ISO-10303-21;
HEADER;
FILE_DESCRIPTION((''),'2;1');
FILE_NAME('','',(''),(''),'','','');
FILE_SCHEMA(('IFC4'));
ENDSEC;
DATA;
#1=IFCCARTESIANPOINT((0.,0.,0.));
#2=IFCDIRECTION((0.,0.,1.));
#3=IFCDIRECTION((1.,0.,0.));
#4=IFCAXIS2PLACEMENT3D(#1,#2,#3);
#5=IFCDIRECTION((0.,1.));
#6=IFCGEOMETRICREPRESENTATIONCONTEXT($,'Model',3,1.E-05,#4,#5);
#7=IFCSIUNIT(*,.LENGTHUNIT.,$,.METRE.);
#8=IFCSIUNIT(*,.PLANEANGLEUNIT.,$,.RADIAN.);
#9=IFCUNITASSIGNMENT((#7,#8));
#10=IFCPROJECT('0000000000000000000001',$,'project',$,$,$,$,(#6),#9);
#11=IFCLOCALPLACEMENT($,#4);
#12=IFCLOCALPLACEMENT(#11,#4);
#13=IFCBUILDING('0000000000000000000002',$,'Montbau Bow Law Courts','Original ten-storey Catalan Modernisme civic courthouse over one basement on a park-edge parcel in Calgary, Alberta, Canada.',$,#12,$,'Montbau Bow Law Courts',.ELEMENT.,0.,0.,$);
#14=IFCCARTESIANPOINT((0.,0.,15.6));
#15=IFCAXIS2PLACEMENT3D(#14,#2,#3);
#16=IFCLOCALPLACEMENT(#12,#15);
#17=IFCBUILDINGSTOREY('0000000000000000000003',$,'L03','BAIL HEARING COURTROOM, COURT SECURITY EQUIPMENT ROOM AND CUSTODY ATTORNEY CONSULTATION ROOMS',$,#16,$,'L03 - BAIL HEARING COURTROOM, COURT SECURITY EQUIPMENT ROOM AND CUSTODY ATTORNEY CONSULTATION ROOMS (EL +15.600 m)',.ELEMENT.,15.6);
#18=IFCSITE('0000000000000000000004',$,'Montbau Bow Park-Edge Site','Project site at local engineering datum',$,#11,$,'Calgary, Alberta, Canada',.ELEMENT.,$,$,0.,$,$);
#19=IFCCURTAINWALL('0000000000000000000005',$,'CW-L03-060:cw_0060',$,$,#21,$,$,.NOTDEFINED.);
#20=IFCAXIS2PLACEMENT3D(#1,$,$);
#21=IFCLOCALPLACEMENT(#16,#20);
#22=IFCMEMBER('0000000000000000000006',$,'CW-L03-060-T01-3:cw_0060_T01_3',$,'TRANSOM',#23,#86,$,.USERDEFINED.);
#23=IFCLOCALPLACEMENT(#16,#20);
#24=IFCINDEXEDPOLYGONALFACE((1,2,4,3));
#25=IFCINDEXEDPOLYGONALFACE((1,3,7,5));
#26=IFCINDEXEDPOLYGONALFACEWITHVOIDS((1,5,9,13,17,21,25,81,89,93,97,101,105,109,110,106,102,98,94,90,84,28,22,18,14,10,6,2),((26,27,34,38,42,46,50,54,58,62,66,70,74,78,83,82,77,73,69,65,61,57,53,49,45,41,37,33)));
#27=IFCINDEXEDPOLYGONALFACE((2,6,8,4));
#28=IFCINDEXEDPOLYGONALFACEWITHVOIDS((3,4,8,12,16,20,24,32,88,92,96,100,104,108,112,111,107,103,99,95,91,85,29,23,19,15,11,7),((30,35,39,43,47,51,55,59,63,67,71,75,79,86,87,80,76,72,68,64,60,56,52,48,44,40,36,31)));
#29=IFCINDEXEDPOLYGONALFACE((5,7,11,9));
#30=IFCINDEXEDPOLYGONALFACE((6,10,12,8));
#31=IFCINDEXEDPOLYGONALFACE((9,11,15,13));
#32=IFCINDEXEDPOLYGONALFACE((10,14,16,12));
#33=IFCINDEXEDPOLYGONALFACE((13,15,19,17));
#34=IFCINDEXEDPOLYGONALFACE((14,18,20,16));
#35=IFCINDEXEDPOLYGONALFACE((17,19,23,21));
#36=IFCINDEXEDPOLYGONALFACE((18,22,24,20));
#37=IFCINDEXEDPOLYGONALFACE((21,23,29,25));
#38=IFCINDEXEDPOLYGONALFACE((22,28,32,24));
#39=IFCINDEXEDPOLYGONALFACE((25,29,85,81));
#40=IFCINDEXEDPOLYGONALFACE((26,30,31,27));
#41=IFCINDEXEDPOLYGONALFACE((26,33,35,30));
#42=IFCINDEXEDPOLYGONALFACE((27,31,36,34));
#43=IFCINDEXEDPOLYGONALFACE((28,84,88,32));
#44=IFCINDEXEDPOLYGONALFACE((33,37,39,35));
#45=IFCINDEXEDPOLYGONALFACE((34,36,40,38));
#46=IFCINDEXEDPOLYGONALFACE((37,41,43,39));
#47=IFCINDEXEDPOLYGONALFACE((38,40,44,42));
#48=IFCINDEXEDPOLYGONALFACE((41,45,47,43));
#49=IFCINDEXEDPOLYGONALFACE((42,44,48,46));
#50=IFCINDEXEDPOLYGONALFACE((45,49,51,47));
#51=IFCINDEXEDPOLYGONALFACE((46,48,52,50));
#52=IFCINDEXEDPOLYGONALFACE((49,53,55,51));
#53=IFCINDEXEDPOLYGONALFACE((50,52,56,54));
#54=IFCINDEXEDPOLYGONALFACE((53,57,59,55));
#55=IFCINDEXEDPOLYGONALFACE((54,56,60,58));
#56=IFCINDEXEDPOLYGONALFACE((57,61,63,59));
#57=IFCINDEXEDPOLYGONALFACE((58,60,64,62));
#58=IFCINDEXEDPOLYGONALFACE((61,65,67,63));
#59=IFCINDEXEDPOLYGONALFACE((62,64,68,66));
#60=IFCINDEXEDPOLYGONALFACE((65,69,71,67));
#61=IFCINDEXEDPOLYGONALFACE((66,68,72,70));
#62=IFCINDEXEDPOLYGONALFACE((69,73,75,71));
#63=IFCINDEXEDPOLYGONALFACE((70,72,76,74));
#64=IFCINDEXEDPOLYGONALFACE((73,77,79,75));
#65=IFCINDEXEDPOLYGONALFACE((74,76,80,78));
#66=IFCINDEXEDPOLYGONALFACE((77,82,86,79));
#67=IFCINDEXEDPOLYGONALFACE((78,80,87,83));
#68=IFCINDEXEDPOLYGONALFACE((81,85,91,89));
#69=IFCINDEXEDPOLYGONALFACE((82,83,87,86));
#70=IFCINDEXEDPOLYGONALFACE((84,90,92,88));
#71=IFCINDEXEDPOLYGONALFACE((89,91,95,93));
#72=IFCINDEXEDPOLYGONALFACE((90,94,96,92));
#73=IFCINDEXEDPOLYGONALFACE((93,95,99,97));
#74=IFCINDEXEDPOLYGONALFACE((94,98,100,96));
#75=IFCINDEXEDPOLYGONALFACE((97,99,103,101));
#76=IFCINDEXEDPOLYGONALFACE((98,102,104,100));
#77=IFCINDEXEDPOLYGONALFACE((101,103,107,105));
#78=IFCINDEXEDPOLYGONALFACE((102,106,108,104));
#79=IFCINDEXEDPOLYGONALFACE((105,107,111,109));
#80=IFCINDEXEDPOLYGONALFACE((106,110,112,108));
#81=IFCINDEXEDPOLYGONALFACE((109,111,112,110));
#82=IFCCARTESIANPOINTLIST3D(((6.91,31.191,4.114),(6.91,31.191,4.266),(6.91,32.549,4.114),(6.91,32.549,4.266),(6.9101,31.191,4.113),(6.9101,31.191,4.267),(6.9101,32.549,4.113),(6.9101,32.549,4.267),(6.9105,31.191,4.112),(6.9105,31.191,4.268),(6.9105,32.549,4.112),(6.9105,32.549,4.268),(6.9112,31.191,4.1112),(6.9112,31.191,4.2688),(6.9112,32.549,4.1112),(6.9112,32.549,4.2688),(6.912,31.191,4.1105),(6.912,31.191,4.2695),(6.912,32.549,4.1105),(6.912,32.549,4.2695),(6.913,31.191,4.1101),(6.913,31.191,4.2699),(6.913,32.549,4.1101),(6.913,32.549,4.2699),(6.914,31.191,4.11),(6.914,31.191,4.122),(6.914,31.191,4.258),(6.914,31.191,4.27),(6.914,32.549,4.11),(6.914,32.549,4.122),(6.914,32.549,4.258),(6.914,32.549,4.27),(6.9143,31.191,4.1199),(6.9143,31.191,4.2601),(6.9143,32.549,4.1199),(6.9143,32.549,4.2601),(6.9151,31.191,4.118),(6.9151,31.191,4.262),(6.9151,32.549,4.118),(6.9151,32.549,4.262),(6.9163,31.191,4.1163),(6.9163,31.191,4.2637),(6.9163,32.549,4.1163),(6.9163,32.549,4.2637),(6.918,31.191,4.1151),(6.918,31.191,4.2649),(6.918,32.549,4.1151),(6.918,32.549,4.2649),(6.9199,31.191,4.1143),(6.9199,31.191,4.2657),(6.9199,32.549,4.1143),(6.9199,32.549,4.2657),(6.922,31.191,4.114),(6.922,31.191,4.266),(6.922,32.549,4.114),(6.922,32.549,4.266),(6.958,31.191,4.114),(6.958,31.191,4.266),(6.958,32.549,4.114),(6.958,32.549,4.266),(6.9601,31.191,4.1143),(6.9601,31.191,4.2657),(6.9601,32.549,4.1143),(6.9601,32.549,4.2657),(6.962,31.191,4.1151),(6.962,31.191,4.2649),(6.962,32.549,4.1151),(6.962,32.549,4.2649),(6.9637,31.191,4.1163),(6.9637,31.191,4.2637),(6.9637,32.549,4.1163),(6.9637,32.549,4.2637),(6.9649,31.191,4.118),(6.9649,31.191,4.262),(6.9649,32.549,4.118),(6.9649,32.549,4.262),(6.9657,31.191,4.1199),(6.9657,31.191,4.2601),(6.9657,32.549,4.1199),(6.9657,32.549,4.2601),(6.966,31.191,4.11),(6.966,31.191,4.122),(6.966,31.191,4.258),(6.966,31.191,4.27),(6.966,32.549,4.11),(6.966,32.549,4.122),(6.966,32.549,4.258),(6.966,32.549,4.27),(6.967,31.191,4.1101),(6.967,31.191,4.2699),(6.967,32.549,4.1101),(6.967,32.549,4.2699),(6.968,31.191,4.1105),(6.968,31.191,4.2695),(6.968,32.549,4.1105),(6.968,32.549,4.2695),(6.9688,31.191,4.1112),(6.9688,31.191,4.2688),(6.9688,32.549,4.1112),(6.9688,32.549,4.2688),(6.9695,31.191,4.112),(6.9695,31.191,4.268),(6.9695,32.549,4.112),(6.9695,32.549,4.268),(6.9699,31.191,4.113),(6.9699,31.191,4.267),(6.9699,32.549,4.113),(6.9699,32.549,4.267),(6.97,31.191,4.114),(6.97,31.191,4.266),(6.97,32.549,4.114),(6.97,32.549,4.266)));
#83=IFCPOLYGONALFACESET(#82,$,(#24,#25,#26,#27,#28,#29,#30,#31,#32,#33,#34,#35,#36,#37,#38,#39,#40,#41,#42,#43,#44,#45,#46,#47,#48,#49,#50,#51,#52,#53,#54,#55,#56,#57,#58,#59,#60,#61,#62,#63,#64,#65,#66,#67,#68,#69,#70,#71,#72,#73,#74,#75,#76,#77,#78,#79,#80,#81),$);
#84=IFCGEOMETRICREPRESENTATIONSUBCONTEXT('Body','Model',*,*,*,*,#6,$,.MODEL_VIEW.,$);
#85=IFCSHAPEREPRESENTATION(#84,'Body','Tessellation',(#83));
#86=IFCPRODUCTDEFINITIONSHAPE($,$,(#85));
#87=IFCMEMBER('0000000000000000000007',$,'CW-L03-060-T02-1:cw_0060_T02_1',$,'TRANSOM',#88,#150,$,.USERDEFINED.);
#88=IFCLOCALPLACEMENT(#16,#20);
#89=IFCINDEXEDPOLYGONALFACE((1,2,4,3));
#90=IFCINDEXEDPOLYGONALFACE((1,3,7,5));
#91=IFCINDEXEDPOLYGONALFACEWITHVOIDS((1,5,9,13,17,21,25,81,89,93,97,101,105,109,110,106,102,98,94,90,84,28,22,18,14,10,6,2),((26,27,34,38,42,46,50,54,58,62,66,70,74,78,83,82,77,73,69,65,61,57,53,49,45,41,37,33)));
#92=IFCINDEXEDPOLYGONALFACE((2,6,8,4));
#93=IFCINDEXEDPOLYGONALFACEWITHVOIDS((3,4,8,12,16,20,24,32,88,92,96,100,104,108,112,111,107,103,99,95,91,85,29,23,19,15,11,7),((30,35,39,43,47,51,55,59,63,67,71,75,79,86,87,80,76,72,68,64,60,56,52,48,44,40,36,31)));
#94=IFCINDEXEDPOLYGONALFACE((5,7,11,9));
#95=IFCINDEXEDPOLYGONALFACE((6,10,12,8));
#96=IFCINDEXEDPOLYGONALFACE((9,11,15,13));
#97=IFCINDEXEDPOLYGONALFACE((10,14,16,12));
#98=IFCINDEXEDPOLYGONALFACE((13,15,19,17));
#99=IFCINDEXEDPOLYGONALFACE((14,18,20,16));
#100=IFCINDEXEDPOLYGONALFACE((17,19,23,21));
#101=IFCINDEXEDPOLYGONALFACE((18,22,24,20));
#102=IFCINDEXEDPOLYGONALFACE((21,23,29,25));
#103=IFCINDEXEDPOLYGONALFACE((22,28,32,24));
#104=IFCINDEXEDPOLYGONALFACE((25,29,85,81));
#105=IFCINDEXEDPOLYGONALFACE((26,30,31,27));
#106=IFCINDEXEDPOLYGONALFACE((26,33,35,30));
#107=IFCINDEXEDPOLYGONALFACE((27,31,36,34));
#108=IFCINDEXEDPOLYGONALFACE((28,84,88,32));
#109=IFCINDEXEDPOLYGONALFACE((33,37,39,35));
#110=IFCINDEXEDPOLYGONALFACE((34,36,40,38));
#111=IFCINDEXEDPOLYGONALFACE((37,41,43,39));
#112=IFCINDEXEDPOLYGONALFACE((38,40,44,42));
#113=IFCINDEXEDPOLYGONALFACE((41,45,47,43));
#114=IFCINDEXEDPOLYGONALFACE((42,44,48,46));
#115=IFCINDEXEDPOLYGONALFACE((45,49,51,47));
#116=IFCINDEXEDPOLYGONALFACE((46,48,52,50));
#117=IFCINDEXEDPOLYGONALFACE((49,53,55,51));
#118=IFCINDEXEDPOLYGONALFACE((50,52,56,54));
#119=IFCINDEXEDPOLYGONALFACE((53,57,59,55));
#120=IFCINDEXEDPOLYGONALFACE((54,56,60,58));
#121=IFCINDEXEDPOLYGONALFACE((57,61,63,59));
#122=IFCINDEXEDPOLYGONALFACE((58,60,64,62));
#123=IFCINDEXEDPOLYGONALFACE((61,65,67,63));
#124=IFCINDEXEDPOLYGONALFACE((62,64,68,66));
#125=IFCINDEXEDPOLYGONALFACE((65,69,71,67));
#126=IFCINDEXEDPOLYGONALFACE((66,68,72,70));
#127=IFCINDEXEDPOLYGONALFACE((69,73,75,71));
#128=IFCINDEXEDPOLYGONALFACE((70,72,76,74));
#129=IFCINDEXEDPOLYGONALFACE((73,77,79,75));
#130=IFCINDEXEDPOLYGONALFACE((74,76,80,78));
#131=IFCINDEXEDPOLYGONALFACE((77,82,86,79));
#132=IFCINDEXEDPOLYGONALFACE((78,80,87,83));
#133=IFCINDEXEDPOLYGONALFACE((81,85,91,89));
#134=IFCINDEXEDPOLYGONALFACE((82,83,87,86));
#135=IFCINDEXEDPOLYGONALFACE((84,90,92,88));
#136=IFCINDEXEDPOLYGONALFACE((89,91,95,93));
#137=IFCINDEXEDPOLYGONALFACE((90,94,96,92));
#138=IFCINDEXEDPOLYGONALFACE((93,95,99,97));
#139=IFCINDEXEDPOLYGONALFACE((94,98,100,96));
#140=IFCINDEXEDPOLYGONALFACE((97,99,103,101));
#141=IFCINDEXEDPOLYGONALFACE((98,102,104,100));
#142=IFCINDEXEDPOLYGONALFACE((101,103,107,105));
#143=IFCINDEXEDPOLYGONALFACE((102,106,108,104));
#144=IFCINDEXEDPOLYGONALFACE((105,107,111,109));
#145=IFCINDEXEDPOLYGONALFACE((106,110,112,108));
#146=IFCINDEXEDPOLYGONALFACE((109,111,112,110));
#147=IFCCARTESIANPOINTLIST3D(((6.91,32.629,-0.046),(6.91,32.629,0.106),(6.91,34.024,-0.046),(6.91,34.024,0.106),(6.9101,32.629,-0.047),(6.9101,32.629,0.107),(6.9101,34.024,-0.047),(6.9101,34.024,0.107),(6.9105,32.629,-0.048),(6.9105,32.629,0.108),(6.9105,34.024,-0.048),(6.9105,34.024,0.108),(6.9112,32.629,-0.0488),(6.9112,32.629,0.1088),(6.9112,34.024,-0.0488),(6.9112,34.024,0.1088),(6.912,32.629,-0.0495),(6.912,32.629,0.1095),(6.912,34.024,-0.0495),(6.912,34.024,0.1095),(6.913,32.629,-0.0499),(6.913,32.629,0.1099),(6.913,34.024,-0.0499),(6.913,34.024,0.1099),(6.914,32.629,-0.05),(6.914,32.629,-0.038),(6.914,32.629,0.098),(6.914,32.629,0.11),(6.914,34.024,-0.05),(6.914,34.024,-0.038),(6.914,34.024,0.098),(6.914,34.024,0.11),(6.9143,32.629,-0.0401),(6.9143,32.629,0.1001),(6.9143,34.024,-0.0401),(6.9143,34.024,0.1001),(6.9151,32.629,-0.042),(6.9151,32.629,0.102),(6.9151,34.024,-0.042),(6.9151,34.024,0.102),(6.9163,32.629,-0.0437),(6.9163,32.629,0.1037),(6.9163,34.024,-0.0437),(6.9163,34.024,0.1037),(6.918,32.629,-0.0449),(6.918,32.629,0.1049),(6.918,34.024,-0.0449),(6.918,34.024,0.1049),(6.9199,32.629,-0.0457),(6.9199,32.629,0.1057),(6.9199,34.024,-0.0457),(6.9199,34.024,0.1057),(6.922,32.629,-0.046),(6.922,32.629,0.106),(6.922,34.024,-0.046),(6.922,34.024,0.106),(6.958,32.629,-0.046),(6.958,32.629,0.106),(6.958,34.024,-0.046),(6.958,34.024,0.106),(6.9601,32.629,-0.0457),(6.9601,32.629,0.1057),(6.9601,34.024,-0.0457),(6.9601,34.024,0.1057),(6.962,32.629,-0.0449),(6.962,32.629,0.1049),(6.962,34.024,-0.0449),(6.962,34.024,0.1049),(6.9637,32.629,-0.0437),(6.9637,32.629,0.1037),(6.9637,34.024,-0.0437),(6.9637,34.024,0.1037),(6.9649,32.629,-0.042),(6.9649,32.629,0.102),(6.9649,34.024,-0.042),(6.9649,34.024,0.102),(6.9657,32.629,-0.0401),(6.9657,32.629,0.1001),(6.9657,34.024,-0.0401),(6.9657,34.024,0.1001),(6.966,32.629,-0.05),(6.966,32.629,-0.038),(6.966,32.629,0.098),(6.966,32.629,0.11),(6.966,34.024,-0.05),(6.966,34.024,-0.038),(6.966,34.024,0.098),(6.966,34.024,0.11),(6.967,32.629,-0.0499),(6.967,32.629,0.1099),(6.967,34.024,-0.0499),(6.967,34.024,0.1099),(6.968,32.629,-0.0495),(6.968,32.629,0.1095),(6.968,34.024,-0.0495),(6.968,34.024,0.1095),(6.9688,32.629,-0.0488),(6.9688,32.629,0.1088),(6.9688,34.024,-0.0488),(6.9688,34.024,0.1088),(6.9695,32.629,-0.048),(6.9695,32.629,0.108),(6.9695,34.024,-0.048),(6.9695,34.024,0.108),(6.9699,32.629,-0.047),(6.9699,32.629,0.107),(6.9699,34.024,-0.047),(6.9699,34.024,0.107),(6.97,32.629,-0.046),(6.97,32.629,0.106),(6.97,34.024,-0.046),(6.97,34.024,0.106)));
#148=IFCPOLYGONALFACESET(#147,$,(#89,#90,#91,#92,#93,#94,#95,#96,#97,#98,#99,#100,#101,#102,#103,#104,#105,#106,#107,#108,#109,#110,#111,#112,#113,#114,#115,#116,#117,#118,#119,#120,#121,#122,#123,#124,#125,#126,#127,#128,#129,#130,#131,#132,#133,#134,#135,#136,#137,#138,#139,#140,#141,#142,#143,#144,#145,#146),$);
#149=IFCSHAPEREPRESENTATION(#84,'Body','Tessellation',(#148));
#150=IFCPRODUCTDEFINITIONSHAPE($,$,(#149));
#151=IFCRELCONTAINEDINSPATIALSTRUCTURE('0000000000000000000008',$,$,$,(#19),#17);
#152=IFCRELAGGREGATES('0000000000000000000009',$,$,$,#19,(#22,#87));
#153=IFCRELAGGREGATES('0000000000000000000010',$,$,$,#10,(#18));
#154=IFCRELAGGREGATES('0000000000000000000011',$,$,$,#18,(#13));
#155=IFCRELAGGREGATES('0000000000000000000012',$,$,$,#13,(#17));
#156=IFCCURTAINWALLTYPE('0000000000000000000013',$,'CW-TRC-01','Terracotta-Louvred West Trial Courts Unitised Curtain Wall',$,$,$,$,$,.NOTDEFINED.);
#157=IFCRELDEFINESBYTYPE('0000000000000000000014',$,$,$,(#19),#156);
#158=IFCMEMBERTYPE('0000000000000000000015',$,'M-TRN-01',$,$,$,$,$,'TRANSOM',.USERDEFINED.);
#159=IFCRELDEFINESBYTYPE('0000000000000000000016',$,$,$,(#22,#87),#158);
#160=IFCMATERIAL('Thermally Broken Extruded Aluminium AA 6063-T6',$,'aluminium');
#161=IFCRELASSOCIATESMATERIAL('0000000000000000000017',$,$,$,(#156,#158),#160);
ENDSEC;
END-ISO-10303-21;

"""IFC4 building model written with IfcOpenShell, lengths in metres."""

from ifc_helpers import new_model, si_unit, direction, frame, origin_with_axes, origin_2d_with_axis, place, context, subcontext, project, spatial, hollow_rectangle, extrude, material, material_profile, profile_set, type_object, element, aggregate, save


model = new_model("IFC4")

# Units and contexts
model_context = context("Model", 3, precision=1e-05, world=origin_with_axes(), true_north=direction((0.0, 1.0)))
body_context = subcontext(model_context, "Body", "Model", "MODEL_VIEW")
ifc_project = project(units=[si_unit("LENGTHUNIT", "METRE"), si_unit("PLANEANGLEUNIT", "RADIAN")], contexts=[model_context])

# Site, building, storey
site_placement = place(None, origin_with_axes())
site = spatial("IfcSite", under=ifc_project, at=site_placement, Name="Montbau Bow Park-Edge Site", Description="Project site at local engineering datum", LongName="Calgary, Alberta, Canada", CompositionType="ELEMENT", RefElevation=0.0)
building_placement = place(site_placement, origin_with_axes())
building = spatial("IfcBuilding", under=site, at=building_placement, Name="Montbau Bow Law Courts", Description="Original ten-storey Catalan Modernisme civic courthouse over one basement on a park-edge parcel in Calgary, Alberta, Canada.", LongName="Montbau Bow Law Courts", CompositionType="ELEMENT", ElevationOfRefHeight=0.0, ElevationOfTerrain=0.0)
storey_placement = place(building_placement, frame((0.0, 0.0, 15.6), z_axis=(0.0, 0.0, 1.0), x_axis=(1.0, 0.0, 0.0)))
storey = spatial("IfcBuildingStorey", under=building, at=storey_placement, Name="L03", Description="BAIL HEARING COURTROOM, COURT SECURITY EQUIPMENT ROOM AND CUSTODY ATTORNEY CONSULTATION ROOMS", LongName="L03 - BAIL HEARING COURTROOM, COURT SECURITY EQUIPMENT ROOM AND CUSTODY ATTORNEY CONSULTATION ROOMS (EL +15.600 m)", CompositionType="ELEMENT", Elevation=15.6)

# Curtain wall
ifc_material_1 = material(Name="Thermally Broken Extruded Aluminium AA 6063-T6", Category="aluminium")
curtain_wall_type = type_object("IfcCurtainWallType", Name="CW-TRC-01", Description="Terracotta-Louvred West Trial Courts Unitised Curtain Wall", PredefinedType="NOTDEFINED", material=ifc_material_1)
curtain_wall_1_placement = place(None, frame((6.94, 31.115, 15.6), z_axis=(0.0, 0.0, 1.0), x_axis=(1.0, 0.0, 0.0)))
curtain_wall_1 = element("IfcCurtainWall", 1, at=curtain_wall_1_placement, inside=storey, type_object=curtain_wall_type, Name="CW-L03-060:cw_0060", PredefinedType="NOTDEFINED")

# Members
ifc_material_profile_1 = material_profile(ifc_material_1, hollow_rectangle(XDim=0.06, YDim=0.16, WallThickness=0.004, InnerFilletRadius=0.008, OuterFilletRadius=0.004, at=origin_2d_with_axis()), Name="CWT-160X60", Category="Main", Priority=0)
ifc_profile_set_1 = profile_set([ifc_material_profile_1], Name="Thermally Broken Extruded Aluminium AA 6063-T6")
member_type_1 = type_object("IfcMemberType", Name="M-TRN-01", ElementType="TRANSOM", PredefinedType="USERDEFINED", material=ifc_profile_set_1)
member_1_placement = place(None, frame((6.94, 31.191, 19.79), z_axis=(0.0, 1.0, 0.0), x_axis=(-1.0, 0.0, 0.0)))
member_1 = element("IfcMember", 2, at=member_1_placement, type_object=member_type_1, Name="CW-L03-060-T01-3:cw_0060_T01_3", ObjectType="TRANSOM", PredefinedType="USERDEFINED", context=body_context, shape_type="SweptSolid", body=[
    extrude(hollow_rectangle(XDim=0.06, YDim=0.16, WallThickness=0.004, InnerFilletRadius=0.008, OuterFilletRadius=0.004, at=origin_2d_with_axis()), origin_with_axes(), (0.0, 0.0, 1.0), 1.358),
])
member_2_placement = place(None, frame((6.94, 32.629, 15.63), z_axis=(0.0, 1.0, 0.0), x_axis=(-1.0, 0.0, 0.0)))
member_2 = element("IfcMember", 3, at=member_2_placement, type_object=member_type_1, Name="CW-L03-060-T02-1:cw_0060_T02_1", ObjectType="TRANSOM", PredefinedType="USERDEFINED", context=body_context, shape_type="SweptSolid", body=[
    extrude(hollow_rectangle(XDim=0.06, YDim=0.16, WallThickness=0.004, InnerFilletRadius=0.008, OuterFilletRadius=0.004, at=origin_2d_with_axis()), origin_with_axes(), (0.0, 0.0, 1.0), 1.395),
])

aggregate(curtain_wall_1, [member_1, member_2])

save(model, "model.ifc")
